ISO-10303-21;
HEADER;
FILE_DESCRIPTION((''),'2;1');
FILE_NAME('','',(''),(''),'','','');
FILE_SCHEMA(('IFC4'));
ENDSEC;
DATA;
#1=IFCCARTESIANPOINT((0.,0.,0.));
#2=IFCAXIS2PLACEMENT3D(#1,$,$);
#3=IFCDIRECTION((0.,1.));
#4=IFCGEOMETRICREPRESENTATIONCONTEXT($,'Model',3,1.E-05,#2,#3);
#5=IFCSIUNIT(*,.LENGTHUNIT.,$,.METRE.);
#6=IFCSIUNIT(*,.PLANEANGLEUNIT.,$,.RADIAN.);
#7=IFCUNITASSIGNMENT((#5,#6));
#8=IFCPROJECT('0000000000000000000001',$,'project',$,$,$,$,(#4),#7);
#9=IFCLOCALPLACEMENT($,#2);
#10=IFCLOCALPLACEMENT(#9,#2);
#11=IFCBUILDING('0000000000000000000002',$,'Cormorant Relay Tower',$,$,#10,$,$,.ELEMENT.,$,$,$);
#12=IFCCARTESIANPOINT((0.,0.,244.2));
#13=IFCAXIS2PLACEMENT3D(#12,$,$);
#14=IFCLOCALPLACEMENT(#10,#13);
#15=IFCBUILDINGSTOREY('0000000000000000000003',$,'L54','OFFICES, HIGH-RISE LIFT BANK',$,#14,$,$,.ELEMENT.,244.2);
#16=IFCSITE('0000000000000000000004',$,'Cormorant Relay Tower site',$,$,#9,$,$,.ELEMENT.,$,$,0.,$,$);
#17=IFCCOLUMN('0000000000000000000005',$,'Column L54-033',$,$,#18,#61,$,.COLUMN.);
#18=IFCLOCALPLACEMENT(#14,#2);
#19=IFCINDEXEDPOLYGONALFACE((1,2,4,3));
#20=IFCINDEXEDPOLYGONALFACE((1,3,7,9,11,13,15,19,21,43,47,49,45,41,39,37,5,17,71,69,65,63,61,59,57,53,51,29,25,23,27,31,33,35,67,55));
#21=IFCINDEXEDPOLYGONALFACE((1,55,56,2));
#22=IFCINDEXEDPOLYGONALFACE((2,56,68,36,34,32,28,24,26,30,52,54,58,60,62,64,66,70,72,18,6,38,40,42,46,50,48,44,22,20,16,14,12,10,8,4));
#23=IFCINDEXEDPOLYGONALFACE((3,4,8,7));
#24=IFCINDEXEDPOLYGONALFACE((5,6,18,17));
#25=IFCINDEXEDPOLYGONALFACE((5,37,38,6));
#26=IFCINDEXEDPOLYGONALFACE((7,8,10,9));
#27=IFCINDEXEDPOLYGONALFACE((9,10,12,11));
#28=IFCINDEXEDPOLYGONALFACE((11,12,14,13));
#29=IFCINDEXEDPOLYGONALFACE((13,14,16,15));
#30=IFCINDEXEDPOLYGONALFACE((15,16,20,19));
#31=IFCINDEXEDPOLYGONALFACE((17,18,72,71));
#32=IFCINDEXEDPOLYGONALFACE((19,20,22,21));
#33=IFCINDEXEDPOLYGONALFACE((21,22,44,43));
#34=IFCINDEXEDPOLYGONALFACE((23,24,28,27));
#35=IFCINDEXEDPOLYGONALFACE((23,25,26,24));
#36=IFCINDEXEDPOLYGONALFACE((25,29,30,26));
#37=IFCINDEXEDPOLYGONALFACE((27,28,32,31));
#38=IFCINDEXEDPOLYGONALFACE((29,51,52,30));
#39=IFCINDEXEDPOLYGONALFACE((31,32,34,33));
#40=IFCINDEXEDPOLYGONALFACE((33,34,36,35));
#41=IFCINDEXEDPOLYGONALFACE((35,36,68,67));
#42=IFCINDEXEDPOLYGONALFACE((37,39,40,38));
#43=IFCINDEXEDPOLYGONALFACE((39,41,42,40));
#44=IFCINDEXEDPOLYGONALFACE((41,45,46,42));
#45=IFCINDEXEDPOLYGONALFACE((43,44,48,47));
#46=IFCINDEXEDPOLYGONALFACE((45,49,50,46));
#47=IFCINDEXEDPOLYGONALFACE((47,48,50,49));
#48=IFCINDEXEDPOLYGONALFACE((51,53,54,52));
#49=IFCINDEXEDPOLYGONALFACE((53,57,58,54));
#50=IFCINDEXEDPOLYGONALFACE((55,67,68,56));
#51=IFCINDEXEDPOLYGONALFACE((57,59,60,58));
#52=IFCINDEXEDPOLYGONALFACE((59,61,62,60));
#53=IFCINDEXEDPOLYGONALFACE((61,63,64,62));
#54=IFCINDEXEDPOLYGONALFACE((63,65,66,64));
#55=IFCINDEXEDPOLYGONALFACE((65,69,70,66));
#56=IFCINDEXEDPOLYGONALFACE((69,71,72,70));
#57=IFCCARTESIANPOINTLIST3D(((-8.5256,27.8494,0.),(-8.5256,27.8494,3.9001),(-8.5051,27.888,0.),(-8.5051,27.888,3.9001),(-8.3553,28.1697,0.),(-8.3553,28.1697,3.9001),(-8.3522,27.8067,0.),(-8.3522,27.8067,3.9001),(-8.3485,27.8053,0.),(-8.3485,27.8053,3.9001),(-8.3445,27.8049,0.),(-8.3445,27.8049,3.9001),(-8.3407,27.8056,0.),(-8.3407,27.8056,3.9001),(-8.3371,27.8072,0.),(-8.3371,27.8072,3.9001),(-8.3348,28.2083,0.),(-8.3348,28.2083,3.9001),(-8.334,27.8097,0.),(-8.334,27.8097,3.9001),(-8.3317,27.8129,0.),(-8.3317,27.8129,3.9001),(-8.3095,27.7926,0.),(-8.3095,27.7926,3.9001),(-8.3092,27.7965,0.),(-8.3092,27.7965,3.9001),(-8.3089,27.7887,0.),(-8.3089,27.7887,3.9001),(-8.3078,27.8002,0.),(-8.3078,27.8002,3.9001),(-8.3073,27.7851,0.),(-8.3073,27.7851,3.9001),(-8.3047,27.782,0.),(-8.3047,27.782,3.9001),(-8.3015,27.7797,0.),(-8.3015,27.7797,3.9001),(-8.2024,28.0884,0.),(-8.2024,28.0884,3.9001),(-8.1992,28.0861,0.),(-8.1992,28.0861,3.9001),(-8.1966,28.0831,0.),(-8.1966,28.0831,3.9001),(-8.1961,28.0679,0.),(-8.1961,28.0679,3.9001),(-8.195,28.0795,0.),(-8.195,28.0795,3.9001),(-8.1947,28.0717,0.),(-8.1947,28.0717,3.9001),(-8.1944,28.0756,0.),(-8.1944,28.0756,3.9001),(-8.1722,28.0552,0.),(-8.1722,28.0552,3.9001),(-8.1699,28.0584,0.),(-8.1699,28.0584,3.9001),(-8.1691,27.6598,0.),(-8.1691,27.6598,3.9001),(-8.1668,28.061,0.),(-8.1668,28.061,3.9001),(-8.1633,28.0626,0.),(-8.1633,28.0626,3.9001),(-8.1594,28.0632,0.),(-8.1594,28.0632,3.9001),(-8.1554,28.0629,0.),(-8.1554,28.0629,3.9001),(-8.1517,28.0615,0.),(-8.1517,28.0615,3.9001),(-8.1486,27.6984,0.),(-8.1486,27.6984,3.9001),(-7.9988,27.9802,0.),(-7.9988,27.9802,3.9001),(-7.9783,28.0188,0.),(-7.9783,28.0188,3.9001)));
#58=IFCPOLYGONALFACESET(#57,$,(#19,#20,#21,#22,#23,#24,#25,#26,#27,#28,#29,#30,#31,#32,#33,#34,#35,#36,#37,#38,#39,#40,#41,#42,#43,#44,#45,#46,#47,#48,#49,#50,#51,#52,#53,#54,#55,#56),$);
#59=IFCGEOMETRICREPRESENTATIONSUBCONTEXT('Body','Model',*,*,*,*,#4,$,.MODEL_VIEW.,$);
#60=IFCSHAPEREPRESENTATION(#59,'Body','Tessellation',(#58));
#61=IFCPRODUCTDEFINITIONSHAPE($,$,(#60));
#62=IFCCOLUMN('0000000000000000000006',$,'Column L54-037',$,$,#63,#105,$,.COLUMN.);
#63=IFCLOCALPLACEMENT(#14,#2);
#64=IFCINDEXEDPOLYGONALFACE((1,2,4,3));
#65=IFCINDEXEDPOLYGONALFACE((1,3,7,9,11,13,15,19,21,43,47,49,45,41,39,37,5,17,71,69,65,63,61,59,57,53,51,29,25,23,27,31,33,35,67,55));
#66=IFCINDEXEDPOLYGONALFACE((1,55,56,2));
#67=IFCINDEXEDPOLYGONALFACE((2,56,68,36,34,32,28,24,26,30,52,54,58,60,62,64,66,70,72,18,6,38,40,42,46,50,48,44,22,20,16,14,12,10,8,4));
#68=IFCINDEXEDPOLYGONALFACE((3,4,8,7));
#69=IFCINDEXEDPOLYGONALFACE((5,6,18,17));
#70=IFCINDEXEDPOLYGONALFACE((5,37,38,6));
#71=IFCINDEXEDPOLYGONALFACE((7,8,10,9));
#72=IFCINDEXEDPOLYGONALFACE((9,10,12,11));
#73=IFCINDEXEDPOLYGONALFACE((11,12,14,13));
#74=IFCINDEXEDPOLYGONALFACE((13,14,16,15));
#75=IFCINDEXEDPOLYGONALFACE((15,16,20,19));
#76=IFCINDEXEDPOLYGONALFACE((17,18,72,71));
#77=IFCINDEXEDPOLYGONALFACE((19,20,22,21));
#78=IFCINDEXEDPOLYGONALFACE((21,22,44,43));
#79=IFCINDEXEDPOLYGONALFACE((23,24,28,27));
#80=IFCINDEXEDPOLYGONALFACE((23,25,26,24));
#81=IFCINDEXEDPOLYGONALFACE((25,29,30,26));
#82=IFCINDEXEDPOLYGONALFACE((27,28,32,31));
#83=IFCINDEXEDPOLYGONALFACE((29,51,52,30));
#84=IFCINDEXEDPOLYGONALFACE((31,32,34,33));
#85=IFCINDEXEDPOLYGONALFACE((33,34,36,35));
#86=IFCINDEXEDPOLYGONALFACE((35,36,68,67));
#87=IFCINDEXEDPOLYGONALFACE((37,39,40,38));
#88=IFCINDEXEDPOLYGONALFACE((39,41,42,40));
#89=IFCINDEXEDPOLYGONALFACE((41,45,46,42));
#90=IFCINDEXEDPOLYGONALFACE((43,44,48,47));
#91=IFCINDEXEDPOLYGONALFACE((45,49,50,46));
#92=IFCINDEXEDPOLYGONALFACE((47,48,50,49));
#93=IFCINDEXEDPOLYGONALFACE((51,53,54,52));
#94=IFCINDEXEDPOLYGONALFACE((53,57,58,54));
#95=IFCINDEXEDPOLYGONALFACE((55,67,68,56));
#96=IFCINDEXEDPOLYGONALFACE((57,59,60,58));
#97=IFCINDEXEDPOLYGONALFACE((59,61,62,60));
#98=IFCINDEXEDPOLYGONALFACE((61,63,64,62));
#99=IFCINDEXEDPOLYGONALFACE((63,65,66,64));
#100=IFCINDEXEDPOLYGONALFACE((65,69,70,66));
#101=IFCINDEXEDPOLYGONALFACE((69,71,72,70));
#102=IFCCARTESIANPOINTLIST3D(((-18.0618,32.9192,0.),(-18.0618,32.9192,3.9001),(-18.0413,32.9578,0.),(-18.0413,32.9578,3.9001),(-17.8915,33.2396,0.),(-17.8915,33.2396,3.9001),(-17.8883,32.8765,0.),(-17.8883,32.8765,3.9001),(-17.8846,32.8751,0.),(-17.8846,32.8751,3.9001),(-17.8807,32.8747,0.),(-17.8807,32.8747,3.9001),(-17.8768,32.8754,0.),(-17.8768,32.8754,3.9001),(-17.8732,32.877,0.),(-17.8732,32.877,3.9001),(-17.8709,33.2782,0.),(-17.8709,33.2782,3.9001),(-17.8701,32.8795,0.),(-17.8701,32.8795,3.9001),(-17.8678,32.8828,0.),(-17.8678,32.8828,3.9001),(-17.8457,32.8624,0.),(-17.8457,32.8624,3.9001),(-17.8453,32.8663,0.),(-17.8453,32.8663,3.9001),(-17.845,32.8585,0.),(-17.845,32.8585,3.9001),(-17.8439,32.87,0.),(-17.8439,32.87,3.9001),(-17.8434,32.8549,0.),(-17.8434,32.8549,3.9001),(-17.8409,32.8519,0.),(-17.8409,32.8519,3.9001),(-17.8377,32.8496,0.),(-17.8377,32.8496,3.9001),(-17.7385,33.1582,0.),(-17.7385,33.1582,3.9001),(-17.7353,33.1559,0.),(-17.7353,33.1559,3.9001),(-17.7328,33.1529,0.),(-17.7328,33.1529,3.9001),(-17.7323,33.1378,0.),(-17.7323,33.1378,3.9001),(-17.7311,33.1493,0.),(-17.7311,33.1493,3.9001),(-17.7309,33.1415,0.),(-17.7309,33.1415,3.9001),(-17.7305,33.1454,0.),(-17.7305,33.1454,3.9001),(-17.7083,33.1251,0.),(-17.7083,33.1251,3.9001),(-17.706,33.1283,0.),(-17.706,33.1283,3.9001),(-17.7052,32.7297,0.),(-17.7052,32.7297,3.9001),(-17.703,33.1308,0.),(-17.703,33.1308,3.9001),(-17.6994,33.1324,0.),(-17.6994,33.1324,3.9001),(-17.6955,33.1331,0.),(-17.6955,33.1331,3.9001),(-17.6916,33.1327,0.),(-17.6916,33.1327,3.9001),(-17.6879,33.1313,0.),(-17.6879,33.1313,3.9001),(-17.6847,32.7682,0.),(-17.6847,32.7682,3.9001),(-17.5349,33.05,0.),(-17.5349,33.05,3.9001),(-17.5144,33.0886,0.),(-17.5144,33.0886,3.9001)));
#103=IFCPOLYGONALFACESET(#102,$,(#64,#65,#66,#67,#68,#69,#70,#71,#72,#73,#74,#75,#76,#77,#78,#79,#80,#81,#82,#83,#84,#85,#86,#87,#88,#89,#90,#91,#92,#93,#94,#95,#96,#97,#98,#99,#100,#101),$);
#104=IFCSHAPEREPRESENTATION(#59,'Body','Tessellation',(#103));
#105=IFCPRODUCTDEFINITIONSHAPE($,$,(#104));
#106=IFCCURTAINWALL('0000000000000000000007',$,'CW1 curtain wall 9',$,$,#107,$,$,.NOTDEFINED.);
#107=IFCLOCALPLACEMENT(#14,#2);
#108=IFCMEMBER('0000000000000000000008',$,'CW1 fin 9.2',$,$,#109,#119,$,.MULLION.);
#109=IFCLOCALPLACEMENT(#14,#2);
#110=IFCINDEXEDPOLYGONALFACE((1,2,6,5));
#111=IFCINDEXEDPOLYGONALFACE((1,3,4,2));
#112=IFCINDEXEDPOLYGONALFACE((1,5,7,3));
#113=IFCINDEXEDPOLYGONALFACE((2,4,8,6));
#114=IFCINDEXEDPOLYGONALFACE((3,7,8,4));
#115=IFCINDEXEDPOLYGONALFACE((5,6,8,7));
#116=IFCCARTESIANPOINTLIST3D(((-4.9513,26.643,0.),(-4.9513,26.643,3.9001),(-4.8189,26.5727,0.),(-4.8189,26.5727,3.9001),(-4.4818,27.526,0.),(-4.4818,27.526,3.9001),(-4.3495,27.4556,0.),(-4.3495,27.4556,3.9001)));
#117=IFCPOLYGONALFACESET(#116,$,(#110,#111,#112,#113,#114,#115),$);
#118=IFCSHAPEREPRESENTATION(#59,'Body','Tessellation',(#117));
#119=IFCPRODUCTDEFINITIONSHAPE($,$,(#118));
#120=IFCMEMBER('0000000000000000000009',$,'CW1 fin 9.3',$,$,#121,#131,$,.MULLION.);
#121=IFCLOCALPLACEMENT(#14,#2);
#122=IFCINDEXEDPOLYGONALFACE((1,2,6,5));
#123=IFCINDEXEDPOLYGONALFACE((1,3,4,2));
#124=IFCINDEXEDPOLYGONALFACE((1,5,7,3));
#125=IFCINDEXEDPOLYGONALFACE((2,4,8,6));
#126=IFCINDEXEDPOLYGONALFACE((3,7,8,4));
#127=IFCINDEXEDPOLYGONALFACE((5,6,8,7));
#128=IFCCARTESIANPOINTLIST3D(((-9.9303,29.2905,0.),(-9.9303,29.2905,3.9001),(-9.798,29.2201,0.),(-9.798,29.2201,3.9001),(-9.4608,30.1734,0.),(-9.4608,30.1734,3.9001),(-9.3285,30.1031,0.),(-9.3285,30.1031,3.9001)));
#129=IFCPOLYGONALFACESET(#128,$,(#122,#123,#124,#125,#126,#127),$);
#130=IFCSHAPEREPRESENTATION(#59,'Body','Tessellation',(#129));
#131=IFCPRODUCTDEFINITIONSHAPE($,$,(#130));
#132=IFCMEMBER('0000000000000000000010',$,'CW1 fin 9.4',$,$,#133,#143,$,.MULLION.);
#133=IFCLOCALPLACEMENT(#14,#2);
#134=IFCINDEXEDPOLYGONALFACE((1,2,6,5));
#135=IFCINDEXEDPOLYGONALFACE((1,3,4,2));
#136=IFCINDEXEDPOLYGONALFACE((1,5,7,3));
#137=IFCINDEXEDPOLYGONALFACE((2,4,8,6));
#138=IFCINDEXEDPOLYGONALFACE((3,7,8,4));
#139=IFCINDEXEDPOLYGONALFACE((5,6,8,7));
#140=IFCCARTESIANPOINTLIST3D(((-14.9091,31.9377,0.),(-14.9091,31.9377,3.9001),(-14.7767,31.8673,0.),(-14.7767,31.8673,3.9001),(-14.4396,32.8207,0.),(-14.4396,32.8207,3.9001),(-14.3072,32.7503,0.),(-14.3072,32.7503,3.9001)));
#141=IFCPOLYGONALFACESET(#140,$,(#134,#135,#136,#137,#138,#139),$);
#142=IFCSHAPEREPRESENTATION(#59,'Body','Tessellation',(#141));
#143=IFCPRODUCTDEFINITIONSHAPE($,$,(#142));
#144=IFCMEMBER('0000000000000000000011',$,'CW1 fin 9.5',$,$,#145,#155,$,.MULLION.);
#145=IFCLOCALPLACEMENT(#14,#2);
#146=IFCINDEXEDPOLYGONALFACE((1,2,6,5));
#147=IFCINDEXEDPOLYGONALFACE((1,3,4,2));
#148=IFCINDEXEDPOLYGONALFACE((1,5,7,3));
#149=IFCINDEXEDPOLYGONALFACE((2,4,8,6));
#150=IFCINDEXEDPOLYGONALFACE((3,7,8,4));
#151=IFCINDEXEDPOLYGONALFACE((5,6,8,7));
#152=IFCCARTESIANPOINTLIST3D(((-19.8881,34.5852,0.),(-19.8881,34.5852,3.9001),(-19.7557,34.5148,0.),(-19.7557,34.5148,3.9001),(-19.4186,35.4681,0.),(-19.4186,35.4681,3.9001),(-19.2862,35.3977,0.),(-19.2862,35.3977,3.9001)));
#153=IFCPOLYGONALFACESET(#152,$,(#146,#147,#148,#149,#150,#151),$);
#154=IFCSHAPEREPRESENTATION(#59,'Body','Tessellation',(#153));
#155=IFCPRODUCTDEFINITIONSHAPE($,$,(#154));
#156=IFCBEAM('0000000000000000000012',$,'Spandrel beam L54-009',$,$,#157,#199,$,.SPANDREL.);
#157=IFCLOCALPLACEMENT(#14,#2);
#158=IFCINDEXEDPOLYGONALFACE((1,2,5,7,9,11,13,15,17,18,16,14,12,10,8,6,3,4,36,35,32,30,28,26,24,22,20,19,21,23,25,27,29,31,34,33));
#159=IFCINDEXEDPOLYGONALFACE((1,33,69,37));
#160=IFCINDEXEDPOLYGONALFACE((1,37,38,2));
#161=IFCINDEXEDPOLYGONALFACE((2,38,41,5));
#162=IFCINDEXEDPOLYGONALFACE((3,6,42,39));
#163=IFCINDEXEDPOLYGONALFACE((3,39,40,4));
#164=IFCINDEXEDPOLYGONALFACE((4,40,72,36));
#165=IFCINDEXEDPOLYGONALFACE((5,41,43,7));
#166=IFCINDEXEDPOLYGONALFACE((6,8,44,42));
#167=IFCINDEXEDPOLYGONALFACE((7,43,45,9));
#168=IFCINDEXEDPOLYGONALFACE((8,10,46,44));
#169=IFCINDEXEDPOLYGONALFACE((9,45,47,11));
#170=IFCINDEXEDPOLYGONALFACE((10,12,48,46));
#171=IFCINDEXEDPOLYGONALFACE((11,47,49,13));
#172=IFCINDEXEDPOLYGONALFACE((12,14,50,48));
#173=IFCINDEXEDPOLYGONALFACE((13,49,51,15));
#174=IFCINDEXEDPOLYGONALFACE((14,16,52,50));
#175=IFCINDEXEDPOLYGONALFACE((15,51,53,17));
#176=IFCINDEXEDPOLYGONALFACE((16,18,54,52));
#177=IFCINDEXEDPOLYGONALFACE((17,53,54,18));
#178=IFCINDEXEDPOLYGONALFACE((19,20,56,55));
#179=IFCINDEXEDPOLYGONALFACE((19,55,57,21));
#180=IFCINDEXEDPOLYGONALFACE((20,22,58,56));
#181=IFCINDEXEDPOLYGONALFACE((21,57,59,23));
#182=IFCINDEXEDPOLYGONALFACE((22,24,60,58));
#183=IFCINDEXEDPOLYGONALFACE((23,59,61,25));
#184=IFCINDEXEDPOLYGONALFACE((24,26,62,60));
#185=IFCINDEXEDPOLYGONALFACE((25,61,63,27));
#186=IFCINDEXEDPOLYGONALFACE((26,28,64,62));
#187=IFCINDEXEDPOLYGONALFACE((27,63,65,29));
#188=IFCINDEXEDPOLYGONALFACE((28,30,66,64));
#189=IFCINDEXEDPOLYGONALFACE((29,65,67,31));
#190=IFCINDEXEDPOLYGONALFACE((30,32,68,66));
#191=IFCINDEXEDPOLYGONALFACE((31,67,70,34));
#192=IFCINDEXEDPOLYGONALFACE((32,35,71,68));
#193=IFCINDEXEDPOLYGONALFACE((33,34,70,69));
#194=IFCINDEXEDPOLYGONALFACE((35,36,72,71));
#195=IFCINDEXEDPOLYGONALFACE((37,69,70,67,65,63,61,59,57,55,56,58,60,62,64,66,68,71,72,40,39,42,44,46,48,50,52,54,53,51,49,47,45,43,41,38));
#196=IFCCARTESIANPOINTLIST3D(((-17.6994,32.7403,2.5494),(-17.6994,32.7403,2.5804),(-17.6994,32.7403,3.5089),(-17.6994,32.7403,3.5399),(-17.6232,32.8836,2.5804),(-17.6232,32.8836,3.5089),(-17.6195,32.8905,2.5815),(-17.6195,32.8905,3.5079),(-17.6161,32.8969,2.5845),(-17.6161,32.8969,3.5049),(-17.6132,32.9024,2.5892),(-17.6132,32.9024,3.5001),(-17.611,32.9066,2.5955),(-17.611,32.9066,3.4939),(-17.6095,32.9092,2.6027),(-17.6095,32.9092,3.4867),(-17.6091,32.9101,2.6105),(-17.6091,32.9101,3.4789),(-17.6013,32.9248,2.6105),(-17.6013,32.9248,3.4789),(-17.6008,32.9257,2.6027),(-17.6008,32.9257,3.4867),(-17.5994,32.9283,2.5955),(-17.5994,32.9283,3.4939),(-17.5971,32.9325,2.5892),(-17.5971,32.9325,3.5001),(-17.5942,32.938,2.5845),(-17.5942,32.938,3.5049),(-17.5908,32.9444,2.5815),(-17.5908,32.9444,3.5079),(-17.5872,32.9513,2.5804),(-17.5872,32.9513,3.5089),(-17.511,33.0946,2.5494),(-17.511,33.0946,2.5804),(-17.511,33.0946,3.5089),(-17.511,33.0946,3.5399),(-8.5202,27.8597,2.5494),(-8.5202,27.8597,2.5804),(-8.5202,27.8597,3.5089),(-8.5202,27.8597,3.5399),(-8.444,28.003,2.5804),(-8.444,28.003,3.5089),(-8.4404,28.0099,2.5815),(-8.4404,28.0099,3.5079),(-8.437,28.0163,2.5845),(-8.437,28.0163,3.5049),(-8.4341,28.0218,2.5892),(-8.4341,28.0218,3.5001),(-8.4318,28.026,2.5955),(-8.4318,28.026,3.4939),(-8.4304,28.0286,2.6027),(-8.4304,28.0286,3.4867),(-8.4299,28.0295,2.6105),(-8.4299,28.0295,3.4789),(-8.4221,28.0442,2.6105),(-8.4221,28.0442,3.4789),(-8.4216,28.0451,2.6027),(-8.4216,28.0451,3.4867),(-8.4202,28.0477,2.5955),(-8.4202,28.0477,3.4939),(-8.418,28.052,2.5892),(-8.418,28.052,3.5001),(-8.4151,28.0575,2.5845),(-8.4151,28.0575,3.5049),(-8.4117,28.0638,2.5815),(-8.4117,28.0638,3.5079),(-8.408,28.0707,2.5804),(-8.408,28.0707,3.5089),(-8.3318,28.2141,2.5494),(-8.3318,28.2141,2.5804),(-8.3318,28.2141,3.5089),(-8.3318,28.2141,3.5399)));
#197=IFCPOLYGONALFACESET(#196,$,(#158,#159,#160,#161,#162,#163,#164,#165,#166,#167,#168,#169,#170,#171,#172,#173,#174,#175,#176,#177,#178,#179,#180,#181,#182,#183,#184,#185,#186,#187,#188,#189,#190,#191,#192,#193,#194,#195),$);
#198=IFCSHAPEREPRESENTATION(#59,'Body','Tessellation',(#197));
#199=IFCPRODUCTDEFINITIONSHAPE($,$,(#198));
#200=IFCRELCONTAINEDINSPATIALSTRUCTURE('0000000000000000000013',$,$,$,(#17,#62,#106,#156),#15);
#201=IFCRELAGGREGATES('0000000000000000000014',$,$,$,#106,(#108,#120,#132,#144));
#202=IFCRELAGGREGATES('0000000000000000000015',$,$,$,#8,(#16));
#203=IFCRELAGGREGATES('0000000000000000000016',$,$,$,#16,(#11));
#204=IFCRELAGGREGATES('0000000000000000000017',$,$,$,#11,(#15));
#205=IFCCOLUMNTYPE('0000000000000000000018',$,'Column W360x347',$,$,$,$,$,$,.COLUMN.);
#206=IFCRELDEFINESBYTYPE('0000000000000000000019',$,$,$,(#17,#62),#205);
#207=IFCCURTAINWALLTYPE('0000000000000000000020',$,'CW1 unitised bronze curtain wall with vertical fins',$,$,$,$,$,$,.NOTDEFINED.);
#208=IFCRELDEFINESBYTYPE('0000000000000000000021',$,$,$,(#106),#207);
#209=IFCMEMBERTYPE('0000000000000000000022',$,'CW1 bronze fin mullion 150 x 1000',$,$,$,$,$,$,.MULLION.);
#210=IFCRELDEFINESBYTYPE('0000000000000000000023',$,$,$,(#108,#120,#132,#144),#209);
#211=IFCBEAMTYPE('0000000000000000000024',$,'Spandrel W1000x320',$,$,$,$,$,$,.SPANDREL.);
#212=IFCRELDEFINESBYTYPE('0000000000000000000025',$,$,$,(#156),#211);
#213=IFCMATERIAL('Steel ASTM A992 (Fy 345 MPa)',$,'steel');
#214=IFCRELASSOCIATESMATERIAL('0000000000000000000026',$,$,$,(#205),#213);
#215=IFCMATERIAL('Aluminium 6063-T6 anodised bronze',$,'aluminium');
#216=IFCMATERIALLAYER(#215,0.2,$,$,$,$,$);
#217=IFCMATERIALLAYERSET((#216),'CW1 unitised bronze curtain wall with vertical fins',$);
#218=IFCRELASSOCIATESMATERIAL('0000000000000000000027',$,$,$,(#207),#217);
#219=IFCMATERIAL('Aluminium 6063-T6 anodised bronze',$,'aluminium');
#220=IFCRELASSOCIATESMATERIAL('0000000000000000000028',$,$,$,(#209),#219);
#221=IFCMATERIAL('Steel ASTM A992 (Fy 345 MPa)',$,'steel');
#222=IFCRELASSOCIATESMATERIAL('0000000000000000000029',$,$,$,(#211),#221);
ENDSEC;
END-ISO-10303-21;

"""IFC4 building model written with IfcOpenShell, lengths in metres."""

from ifc_helpers import new_model, si_unit, direction, frame, origin, origin_2d, place, context, subcontext, project, spatial, rectangle, i_section, extrude, material, layer, layer_set, material_profile, profile_set, type_object, element, aggregate, save


model = new_model("IFC4")

# Units and contexts
model_context = context("Model", 3, precision=1e-05, world=origin(), true_north=direction((0.0, 1.0)))
body_context = subcontext(model_context, "Body", "Model", "MODEL_VIEW")
ifc_project = project(units=[si_unit("LENGTHUNIT", "METRE"), si_unit("PLANEANGLEUNIT", "RADIAN")], contexts=[model_context])

# Site, building, storey
site_placement = place(None, origin())
site = spatial("IfcSite", under=ifc_project, at=site_placement, Name="Cormorant Relay Tower site", CompositionType="ELEMENT", RefElevation=0.0)
building_placement = place(site_placement, origin())
building = spatial("IfcBuilding", under=site, at=building_placement, Name="Cormorant Relay Tower", CompositionType="ELEMENT")
storey_placement = place(building_placement, frame((0.0, 0.0, 244.2)))
storey = spatial("IfcBuildingStorey", under=building, at=storey_placement, Name="L54", Description="OFFICES, HIGH-RISE LIFT BANK", CompositionType="ELEMENT", Elevation=244.2)

# Columns
ifc_material_1 = material(Name="Steel ASTM A992 (Fy 345 MPa)", Category="steel")
ifc_material_profile_1 = material_profile(ifc_material_1, i_section(OverallWidth=0.4038, OverallDepth=0.4065, WebThickness=0.0271, FlangeThickness=0.0437, FilletRadius=0.0151, at=origin_2d()), Name="W360x347")
ifc_profile_set_1 = profile_set([ifc_material_profile_1], Name="Steel ASTM A992 (Fy 345 MPa)")
column_type = type_object("IfcColumnType", Name="Column W360x347", PredefinedType="COLUMN", material=ifc_profile_set_1)
for number, where, z_axis, x_axis, name in (
    (1, (-8.252, 27.9341, 0.0), (0.0, 0.0, 1.0), (-0.882948, 0.469472, 0.0), "Column L54-033"),
    (2, (-17.7881, 33.0039, 0.0), (0.0, 0.0, 1.0), (-0.882948, 0.469472, 0.0), "Column L54-037"),
):
    element("IfcColumn", number, at=place(storey_placement, frame(where, z_axis=z_axis, x_axis=x_axis)), inside=storey, type_object=column_type, Name=name, PredefinedType="COLUMN", context=body_context, shape_type="SweptSolid", body=[
        extrude(i_section(OverallWidth=0.4038, OverallDepth=0.4065, WebThickness=0.0271, FlangeThickness=0.0437, FilletRadius=0.0151, at=origin_2d()), origin(), (0.0, 0.0, 1.0), 3.9001),
    ])

# Curtain wall, members
ifc_material_2 = material(Name="Aluminium 6063-T6 anodised bronze", Category="aluminium")
ifc_layer_1 = layer(ifc_material_2, 0.2)
ifc_layer_set_1 = layer_set([ifc_layer_1], Name="CW1 unitised bronze curtain wall with vertical fins")
curtain_wall_type = type_object("IfcCurtainWallType", Name="CW1 unitised bronze curtain wall with vertical fins", PredefinedType="NOTDEFINED", material=ifc_layer_set_1)
curtain_wall_placement = place(storey_placement, origin())
curtain_wall = element("IfcCurtainWall", 3, at=curtain_wall_placement, inside=storey, type_object=curtain_wall_type, Name="CW1 curtain wall 9", PredefinedType="NOTDEFINED")
ifc_material_3 = material(Name="Aluminium 6063-T6 anodised bronze", Category="aluminium")
ifc_material_profile_2 = material_profile(ifc_material_3, rectangle(XDim=0.1499, YDim=1.0, at=origin_2d()), Name="AL 150x1000")
ifc_profile_set_2 = profile_set([ifc_material_profile_2], Name="Aluminium 6063-T6 anodised bronze")
member_type = type_object("IfcMemberType", Name="CW1 bronze fin mullion 150 x 1000", PredefinedType="MULLION", material=ifc_profile_set_2)
member_1_placement = place(storey_placement, frame((-4.6504, 27.0493, 0.0), z_axis=(0.0, 0.0, 1.0), x_axis=(-0.882948, 0.469472, 0.0)))
member_1 = element("IfcMember", 4, at=member_1_placement, type_object=member_type, Name="CW1 fin 9.2", PredefinedType="MULLION", context=body_context, shape_type="SweptSolid", body=[
    extrude(rectangle(XDim=0.1499, YDim=1.0, at=origin_2d()), origin(), (0.0, 0.0, 1.0), 3.9001),
])
member_2_placement = place(storey_placement, frame((-9.6294, 29.6968, 0.0), z_axis=(0.0, 0.0, 1.0), x_axis=(-0.882948, 0.469472, 0.0)))
member_2 = element("IfcMember", 5, at=member_2_placement, type_object=member_type, Name="CW1 fin 9.3", PredefinedType="MULLION", context=body_context, shape_type="SweptSolid", body=[
    extrude(rectangle(XDim=0.1499, YDim=1.0, at=origin_2d()), origin(), (0.0, 0.0, 1.0), 3.9001),
])
member_3_placement = place(storey_placement, frame((-14.6082, 32.344, 0.0), z_axis=(0.0, 0.0, 1.0), x_axis=(-0.882948, 0.469472, 0.0)))
member_3 = element("IfcMember", 6, at=member_3_placement, type_object=member_type, Name="CW1 fin 9.4", PredefinedType="MULLION", context=body_context, shape_type="SweptSolid", body=[
    extrude(rectangle(XDim=0.1499, YDim=1.0, at=origin_2d()), origin(), (0.0, 0.0, 1.0), 3.9001),
])
member_4_placement = place(storey_placement, frame((-19.5872, 34.9915, 0.0), z_axis=(0.0, 0.0, 1.0), x_axis=(-0.882948, 0.469472, 0.0)))
member_4 = element("IfcMember", 7, at=member_4_placement, type_object=member_type, Name="CW1 fin 9.5", PredefinedType="MULLION", context=body_context, shape_type="SweptSolid", body=[
    extrude(rectangle(XDim=0.1499, YDim=1.0, at=origin_2d()), origin(), (0.0, 0.0, 1.0), 3.9001),
])

# Beam
ifc_material_4 = material(Name="Steel ASTM A992 (Fy 345 MPa)", Category="steel")
ifc_material_profile_3 = material_profile(ifc_material_4, i_section(OverallWidth=0.4014, OverallDepth=0.9905, WebThickness=0.0166, FlangeThickness=0.031, FilletRadius=0.03, at=origin_2d()), Name="W1000x320")
ifc_profile_set_3 = profile_set([ifc_material_profile_3], Name="Steel ASTM A992 (Fy 345 MPa)")
beam_type_1 = type_object("IfcBeamType", Name="Spandrel W1000x320", PredefinedType="SPANDREL", material=ifc_profile_set_3)
beam_1_placement = place(storey_placement, frame((-8.426, 28.0369, 3.0447), z_axis=(-0.88295, 0.469468, 0.0), x_axis=(-0.469468, -0.88295, 0.0)))
element("IfcBeam", 8, at=beam_1_placement, inside=storey, type_object=beam_type_1, Name="Spandrel beam L54-009", PredefinedType="SPANDREL", context=body_context, shape_type="SweptSolid", body=[
    extrude(i_section(OverallWidth=0.4014, OverallDepth=0.9905, WebThickness=0.0166, FlangeThickness=0.031, FilletRadius=0.03, at=origin_2d()), origin(), (0.0, 0.0, 1.0), 10.396),
])

aggregate(curtain_wall, [member_1, member_2, member_3, member_4])

save(model, "model.ifc")
